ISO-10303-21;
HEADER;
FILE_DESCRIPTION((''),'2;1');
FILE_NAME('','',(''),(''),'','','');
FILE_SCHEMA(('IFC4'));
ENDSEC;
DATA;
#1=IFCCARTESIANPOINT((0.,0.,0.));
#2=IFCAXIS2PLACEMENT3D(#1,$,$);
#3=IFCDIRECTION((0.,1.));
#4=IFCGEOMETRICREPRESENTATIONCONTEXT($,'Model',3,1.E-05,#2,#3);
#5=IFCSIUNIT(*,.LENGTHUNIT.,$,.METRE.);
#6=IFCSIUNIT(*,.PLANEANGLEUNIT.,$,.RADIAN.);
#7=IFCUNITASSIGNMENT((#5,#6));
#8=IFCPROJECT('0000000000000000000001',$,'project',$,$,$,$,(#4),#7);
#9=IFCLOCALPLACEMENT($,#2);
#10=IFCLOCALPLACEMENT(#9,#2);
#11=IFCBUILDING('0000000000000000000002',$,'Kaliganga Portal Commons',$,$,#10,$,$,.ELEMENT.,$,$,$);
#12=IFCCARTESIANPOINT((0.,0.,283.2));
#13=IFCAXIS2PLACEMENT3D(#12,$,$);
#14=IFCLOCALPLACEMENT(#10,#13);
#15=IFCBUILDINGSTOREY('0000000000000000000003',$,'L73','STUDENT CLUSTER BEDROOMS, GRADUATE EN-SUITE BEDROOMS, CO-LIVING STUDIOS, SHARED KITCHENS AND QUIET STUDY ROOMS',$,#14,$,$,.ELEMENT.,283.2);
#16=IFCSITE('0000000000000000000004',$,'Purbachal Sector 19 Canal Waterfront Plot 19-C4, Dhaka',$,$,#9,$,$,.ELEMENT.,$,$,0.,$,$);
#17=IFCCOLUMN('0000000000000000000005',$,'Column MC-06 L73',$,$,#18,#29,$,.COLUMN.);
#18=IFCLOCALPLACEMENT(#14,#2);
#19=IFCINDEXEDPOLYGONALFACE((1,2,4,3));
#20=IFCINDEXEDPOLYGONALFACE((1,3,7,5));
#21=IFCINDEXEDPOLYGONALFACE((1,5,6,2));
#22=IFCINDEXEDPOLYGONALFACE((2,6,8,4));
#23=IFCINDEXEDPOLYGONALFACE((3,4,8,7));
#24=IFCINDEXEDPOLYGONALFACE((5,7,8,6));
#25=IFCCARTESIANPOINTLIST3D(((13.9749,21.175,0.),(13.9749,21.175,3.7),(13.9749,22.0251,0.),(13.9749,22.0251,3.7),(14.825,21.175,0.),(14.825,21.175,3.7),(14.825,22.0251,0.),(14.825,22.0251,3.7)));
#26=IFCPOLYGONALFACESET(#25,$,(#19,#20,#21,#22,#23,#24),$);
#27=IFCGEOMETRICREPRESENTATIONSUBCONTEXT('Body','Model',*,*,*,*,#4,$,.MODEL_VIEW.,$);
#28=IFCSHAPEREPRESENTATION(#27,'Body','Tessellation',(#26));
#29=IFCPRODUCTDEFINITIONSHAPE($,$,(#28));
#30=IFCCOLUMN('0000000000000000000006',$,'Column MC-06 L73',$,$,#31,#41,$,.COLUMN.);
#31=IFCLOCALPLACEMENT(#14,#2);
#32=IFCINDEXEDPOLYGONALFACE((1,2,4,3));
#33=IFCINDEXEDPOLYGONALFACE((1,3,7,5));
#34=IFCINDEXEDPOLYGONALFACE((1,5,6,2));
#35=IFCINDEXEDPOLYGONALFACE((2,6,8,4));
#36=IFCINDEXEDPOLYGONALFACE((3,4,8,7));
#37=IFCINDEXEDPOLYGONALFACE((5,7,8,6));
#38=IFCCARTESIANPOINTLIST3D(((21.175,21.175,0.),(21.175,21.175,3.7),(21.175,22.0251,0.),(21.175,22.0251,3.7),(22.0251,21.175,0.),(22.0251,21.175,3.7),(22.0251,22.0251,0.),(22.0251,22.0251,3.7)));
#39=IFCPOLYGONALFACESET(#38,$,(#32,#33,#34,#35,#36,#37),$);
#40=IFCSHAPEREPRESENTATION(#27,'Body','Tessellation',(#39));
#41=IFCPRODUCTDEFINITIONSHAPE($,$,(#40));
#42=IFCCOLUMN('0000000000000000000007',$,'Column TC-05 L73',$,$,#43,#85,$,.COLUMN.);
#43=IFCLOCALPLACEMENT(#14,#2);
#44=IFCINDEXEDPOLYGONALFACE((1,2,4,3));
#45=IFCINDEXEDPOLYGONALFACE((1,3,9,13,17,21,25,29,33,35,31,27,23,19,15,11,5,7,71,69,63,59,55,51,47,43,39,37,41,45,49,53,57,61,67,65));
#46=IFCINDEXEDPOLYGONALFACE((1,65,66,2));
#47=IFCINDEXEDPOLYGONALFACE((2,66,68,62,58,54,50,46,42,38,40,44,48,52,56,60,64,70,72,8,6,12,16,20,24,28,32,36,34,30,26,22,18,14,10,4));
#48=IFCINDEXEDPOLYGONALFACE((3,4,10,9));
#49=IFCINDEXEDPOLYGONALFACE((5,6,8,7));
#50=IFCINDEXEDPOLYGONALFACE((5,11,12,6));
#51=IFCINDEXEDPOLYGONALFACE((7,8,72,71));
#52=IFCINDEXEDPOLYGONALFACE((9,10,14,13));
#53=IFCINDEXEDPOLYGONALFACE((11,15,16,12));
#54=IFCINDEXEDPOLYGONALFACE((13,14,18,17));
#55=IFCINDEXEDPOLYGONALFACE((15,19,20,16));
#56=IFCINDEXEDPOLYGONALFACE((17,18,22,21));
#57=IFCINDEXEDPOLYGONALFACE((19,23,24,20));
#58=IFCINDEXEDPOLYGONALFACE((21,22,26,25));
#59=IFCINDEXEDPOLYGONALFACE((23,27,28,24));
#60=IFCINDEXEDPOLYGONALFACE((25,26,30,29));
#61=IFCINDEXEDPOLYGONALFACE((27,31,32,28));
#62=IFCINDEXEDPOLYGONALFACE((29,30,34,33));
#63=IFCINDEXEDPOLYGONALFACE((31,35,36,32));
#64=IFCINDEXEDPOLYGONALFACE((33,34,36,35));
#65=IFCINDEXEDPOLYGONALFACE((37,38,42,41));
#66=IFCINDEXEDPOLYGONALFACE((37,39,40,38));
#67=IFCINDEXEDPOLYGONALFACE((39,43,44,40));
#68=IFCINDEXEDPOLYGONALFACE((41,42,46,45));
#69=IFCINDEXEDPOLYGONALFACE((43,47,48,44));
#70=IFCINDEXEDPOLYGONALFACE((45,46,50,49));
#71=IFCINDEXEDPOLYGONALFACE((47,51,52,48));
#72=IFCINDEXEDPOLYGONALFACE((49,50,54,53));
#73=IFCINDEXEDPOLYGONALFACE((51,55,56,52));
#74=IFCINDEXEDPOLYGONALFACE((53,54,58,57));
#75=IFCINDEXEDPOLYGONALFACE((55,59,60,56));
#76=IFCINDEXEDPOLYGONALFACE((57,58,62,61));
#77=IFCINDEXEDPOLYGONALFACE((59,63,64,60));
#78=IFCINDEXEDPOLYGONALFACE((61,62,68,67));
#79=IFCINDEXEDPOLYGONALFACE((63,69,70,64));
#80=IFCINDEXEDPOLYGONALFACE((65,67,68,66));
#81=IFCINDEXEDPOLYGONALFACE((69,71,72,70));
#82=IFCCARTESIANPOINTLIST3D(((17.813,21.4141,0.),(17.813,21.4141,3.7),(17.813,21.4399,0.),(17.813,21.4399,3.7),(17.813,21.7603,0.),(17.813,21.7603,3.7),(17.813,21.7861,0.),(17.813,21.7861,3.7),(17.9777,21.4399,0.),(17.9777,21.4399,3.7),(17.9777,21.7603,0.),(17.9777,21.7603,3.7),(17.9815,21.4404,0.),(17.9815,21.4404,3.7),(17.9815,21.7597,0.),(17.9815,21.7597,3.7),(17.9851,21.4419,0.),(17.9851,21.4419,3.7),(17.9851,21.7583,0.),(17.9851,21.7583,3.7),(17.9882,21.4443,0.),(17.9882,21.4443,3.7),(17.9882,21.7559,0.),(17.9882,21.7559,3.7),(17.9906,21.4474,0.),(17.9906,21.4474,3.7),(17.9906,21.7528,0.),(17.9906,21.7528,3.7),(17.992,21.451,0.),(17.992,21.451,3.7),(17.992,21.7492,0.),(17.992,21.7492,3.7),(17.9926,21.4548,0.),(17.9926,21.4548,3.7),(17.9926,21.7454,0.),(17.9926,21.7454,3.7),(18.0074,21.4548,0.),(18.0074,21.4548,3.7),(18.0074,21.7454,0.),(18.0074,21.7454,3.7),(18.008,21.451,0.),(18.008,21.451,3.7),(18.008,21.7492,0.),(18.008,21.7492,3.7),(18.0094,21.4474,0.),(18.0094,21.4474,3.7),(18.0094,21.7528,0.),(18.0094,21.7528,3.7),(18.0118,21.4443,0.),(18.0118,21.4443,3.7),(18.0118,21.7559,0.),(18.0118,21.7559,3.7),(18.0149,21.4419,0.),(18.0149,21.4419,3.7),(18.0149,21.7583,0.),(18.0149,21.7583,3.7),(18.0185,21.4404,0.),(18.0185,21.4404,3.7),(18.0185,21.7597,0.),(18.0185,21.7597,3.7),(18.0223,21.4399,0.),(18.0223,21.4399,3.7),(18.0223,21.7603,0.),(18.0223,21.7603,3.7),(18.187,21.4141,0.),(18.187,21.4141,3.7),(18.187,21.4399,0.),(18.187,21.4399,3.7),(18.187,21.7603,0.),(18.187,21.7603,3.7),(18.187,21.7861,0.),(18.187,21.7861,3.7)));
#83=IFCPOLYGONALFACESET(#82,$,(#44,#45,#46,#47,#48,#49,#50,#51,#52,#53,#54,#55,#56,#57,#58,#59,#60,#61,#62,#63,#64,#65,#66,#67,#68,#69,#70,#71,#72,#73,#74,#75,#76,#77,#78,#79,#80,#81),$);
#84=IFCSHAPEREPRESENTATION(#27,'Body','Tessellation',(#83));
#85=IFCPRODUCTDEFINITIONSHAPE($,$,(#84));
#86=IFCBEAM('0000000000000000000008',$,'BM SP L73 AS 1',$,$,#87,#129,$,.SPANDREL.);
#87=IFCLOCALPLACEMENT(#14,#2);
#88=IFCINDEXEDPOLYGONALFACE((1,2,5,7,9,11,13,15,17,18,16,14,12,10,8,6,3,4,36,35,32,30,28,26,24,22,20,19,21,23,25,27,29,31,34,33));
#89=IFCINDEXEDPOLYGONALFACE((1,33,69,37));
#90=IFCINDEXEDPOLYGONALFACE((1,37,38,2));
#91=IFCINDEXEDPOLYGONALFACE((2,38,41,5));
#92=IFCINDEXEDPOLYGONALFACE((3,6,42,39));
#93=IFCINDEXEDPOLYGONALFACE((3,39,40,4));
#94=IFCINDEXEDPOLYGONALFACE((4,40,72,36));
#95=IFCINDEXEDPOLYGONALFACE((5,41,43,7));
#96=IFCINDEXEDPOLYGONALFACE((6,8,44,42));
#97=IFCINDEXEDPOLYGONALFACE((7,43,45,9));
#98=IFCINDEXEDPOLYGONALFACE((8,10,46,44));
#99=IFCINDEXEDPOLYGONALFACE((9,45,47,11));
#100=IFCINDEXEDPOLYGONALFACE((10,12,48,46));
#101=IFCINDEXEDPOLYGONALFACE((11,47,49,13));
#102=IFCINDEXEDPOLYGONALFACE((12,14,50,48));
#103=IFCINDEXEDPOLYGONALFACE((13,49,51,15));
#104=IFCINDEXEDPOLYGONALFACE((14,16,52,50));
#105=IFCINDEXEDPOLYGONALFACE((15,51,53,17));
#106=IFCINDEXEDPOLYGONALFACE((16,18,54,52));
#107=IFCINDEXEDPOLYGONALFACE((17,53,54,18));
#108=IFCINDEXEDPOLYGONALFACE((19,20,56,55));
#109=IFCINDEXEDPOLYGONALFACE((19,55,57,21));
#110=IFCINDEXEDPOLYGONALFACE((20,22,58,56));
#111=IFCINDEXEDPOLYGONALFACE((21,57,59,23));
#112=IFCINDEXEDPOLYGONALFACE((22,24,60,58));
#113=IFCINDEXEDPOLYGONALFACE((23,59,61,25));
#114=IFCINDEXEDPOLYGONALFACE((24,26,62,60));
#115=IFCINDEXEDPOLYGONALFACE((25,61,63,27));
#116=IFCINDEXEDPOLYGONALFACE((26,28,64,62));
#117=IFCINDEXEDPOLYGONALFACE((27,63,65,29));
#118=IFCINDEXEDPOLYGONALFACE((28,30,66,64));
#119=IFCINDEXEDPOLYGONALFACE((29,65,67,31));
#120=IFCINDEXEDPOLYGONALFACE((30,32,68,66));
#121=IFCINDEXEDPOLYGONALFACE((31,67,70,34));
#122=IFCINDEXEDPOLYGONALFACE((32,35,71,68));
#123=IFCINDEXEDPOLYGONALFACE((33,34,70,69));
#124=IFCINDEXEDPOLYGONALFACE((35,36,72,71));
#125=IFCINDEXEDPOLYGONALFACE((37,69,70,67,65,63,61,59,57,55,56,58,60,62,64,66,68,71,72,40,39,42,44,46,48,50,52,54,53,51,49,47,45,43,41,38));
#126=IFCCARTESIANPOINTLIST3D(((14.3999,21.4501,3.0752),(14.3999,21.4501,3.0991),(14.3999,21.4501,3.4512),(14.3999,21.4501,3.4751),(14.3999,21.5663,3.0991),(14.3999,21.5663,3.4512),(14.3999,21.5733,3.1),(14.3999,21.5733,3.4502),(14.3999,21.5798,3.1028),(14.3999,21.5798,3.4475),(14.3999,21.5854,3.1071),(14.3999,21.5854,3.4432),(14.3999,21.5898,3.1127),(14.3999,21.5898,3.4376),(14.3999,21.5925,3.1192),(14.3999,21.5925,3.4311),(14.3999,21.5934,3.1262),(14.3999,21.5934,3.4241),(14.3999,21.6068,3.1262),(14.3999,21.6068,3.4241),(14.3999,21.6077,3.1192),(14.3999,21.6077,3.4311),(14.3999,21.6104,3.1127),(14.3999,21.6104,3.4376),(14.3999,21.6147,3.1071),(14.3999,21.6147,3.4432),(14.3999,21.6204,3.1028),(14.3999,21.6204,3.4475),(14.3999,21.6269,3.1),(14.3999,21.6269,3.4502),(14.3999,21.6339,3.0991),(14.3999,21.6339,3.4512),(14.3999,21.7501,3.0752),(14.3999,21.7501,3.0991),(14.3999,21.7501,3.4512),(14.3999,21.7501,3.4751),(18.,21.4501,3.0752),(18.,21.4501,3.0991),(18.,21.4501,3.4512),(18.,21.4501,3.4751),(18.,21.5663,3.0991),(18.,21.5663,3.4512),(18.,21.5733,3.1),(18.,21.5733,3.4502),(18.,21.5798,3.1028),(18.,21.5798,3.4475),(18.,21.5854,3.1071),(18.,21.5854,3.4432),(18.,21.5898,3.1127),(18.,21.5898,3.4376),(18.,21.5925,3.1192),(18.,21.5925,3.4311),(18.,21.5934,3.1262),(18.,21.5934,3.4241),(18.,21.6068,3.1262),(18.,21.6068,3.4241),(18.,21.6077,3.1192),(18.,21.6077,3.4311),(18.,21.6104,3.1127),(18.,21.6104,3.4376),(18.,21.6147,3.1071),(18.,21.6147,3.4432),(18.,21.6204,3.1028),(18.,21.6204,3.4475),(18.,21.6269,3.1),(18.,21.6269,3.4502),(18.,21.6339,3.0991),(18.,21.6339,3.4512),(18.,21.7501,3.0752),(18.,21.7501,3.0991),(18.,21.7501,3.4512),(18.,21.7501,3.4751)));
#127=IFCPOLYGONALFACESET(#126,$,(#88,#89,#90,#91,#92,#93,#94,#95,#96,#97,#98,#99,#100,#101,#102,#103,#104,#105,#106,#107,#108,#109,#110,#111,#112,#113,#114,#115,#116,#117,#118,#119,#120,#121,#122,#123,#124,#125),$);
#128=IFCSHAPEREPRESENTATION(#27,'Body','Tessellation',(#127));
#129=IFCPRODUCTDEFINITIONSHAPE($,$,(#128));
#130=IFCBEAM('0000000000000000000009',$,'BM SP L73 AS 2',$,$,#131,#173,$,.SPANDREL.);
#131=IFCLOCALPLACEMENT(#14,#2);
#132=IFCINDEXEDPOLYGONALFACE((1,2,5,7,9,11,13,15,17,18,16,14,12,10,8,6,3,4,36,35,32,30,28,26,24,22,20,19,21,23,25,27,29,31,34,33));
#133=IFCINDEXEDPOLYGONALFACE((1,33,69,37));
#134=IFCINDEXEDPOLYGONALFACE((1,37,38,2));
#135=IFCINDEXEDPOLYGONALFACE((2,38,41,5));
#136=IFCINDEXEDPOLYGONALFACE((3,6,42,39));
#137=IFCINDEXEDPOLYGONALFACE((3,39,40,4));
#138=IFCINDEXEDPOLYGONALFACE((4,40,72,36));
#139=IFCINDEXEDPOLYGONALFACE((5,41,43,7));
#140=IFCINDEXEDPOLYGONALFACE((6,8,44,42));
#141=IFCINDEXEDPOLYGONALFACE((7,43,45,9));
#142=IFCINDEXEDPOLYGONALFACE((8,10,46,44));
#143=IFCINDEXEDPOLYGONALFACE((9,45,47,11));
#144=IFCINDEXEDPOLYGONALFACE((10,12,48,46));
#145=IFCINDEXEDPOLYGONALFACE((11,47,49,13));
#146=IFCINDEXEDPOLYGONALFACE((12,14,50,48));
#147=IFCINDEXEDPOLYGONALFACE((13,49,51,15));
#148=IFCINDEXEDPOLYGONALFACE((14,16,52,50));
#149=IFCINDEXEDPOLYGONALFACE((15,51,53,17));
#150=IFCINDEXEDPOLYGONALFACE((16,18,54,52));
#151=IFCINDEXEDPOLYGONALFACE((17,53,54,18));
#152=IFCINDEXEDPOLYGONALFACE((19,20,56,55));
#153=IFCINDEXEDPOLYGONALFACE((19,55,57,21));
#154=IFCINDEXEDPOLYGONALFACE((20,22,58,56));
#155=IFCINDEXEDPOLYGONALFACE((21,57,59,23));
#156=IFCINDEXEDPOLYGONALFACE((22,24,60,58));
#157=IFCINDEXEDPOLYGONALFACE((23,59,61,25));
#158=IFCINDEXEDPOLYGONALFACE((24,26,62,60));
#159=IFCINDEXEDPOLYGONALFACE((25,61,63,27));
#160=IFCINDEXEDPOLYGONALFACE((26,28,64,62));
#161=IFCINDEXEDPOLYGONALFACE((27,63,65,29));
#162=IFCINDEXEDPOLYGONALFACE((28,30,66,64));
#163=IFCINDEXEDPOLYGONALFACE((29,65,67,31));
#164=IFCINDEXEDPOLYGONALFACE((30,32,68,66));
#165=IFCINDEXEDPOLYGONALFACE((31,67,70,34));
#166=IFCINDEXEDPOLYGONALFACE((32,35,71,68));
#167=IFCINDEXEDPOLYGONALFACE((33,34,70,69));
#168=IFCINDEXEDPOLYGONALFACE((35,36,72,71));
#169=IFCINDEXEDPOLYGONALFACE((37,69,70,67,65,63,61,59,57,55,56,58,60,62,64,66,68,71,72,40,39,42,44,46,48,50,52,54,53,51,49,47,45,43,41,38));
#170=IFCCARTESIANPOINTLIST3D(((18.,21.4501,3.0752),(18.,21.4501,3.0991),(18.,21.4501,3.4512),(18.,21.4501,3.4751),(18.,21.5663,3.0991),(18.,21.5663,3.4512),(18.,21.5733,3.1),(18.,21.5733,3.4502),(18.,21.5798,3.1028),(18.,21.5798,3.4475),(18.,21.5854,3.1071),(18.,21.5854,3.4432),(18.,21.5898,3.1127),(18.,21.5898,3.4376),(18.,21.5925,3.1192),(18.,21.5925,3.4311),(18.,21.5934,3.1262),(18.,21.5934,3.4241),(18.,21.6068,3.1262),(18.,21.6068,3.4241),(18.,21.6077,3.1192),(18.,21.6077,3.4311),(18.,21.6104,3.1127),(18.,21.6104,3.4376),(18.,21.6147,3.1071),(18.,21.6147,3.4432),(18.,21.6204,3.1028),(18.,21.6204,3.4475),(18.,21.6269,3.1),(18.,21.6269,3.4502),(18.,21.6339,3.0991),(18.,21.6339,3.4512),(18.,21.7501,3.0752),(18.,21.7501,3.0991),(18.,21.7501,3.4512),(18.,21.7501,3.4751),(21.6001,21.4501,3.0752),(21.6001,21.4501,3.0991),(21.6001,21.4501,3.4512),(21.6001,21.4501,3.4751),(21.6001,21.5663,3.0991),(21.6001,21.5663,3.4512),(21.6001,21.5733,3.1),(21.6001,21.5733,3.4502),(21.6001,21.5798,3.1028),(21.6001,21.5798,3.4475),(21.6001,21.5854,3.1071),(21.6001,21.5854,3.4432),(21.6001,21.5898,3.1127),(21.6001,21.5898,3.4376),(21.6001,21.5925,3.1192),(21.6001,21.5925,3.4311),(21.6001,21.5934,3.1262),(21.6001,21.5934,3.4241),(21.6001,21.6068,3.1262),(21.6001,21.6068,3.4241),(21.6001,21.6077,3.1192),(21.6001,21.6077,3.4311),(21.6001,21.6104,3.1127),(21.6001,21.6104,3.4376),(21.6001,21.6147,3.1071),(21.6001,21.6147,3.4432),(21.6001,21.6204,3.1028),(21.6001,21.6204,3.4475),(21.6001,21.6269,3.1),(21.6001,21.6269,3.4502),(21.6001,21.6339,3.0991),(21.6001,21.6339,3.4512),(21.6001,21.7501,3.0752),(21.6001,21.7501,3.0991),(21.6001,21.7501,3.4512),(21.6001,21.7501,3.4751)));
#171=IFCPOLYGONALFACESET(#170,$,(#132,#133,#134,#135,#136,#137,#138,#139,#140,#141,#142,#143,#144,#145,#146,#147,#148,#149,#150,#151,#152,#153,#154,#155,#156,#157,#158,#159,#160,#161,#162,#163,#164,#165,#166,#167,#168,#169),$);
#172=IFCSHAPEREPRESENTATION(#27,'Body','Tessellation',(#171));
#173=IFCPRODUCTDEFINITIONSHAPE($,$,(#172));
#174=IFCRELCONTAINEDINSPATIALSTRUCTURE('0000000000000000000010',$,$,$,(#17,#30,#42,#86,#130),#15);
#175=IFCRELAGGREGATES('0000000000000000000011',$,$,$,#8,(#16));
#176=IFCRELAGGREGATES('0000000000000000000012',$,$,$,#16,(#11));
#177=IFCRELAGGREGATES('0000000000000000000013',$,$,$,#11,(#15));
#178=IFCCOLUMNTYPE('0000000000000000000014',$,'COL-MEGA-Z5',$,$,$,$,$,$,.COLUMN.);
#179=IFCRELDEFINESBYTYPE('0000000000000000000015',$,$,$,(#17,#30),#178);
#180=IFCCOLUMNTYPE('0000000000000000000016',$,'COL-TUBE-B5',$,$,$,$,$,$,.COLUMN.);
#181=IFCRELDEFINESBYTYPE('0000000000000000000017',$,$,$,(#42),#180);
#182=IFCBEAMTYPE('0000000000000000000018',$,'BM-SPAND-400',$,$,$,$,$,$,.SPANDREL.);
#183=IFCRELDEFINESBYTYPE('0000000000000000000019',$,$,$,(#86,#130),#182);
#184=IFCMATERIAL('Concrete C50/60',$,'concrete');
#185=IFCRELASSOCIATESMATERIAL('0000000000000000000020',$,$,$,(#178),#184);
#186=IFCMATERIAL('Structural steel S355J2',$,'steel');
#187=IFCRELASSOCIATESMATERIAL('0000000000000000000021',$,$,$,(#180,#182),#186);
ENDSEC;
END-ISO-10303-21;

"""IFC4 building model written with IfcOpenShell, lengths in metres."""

from ifc_helpers import new_model, si_unit, direction, frame, origin, origin_2d, place, context, subcontext, project, spatial, rectangle, i_section, extrude, source, transform, mapped, material, material_profile, profile_set, type_object, element, save


model = new_model("IFC4")

# Units and contexts
model_context = context("Model", 3, precision=1e-05, world=origin(), true_north=direction((0.0, 1.0)))
body_context = subcontext(model_context, "Body", "Model", "MODEL_VIEW")
ifc_project = project(units=[si_unit("LENGTHUNIT", "METRE"), si_unit("PLANEANGLEUNIT", "RADIAN")], contexts=[model_context])

# Site, building, storey
site_placement = place(None, origin())
site = spatial("IfcSite", under=ifc_project, at=site_placement, Name="Purbachal Sector 19 Canal Waterfront Plot 19-C4, Dhaka", CompositionType="ELEMENT", RefElevation=0.0)
building_placement = place(site_placement, origin())
building = spatial("IfcBuilding", under=site, at=building_placement, Name="Kaliganga Portal Commons", CompositionType="ELEMENT")
storey_placement = place(building_placement, frame((0.0, 0.0, 283.2)))
storey = spatial("IfcBuildingStorey", under=building, at=storey_placement, Name="L73", Description="STUDENT CLUSTER BEDROOMS, GRADUATE EN-SUITE BEDROOMS, CO-LIVING STUDIOS, SHARED KITCHENS AND QUIET STUDY ROOMS", CompositionType="ELEMENT", Elevation=283.2)

# Columns
ifc_material_1 = material(Name="Concrete C50/60", Category="concrete")
ifc_material_profile_1 = material_profile(ifc_material_1, rectangle(XDim=0.8501, YDim=0.8501, at=origin_2d()), Name="RC 850x850")
ifc_profile_set_1 = profile_set([ifc_material_profile_1], Name="Concrete C50/60")
column_type_1 = type_object("IfcColumnType", Name="COL-MEGA-Z5", PredefinedType="COLUMN", material=ifc_profile_set_1)
shared_shape_1 = source(origin(), body_context, "Body", "SweptSolid", [
    extrude(rectangle(XDim=0.8501, YDim=0.8501, at=origin_2d()), origin(), (0.0, 0.0, 1.0), 3.7),
])
for number, where, z_axis, x_axis, name in (
    (1, (14.3999, 21.6001, 0.0), (0.0, 0.0, 1.0), (1.0, 0.0, 0.0), "Column MC-06 L73"),
    (2, (21.6001, 21.6001, 0.0), (0.0, 0.0, 1.0), (1.0, 0.0, 0.0), "Column MC-06 L73"),
):
    element("IfcColumn", number, at=place(storey_placement, frame(where, z_axis=z_axis, x_axis=x_axis)), inside=storey, type_object=column_type_1, Name=name, PredefinedType="COLUMN", context=body_context, shape_type="MappedRepresentation", body=[
        mapped(shared_shape_1, transform((0.0, 0.0, 0.0), x_axis=(1.0, 0.0, 0.0), y_axis=(0.0, 1.0, 0.0), z_axis=(0.0, 0.0, 1.0), scale=1.0)),
    ])
ifc_material_2 = material(Name="Structural steel S355J2", Category="steel")
ifc_material_profile_2 = material_profile(ifc_material_2, i_section(OverallWidth=0.374, OverallDepth=0.3721, WebThickness=0.0149, FlangeThickness=0.0259, FilletRadius=0.0149, at=origin_2d()), Name="HD 360x196")
ifc_profile_set_2 = profile_set([ifc_material_profile_2], Name="Structural steel S355J2 wide-flange")
column_type_2 = type_object("IfcColumnType", Name="COL-TUBE-B5", PredefinedType="COLUMN", material=ifc_profile_set_2)
shared_shape_2 = source(origin(), body_context, "Body", "SweptSolid", [
    extrude(i_section(OverallWidth=0.374, OverallDepth=0.3721, WebThickness=0.0149, FlangeThickness=0.0259, FilletRadius=0.0149, at=origin_2d()), origin(), (0.0, 0.0, 1.0), 3.7),
])
column_placement = place(storey_placement, frame((18.0, 21.6001, 0.0), z_axis=(0.0, 0.0, 1.0), x_axis=(1.0, 0.0, 0.0)))
element("IfcColumn", 3, at=column_placement, inside=storey, type_object=column_type_2, Name="Column TC-05 L73", PredefinedType="COLUMN", context=body_context, shape_type="MappedRepresentation", body=[
    mapped(shared_shape_2, transform((0.0, 0.0, 0.0), x_axis=(1.0, 0.0, 0.0), y_axis=(0.0, 1.0, 0.0), z_axis=(0.0, 0.0, 1.0), scale=1.0)),
])

# Beams
ifc_material_profile_3 = material_profile(ifc_material_2, i_section(OverallWidth=0.3, OverallDepth=0.3999, WebThickness=0.0134, FlangeThickness=0.0239, FilletRadius=0.0271, at=origin_2d()), Name="HE 400 B")
ifc_profile_set_3 = profile_set([ifc_material_profile_3], Name="Structural steel S355J2 wide-flange")
beam_type_1 = type_object("IfcBeamType", Name="BM-SPAND-400", PredefinedType="SPANDREL", material=ifc_profile_set_3)
shared_shape_3 = source(origin(), body_context, "Body", "SweptSolid", [
    extrude(i_section(OverallWidth=0.3, OverallDepth=0.3999, WebThickness=0.0134, FlangeThickness=0.0239, FilletRadius=0.0271, at=origin_2d()), origin(), (0.0, 0.0, 1.0), 3.6001),
])
for number, where, z_axis, x_axis, name in (
    (4, (14.3999, 21.6001, 3.2751), (1.0, 0.0, 0.0), (0.0, 1.0, 0.0), "BM SP L73 AS 1"),
    (5, (18.0, 21.6001, 3.2751), (1.0, 0.0, 0.0), (0.0, 1.0, 0.0), "BM SP L73 AS 2"),
):
    element("IfcBeam", number, at=place(storey_placement, frame(where, z_axis=z_axis, x_axis=x_axis)), inside=storey, type_object=beam_type_1, Name=name, PredefinedType="SPANDREL", context=body_context, shape_type="MappedRepresentation", body=[
        mapped(shared_shape_3, transform((0.0, 0.0, 0.0), x_axis=(1.0, 0.0, 0.0), y_axis=(0.0, 1.0, 0.0), z_axis=(0.0, 0.0, 1.0), scale=1.0)),
    ])

save(model, "model.ifc")
